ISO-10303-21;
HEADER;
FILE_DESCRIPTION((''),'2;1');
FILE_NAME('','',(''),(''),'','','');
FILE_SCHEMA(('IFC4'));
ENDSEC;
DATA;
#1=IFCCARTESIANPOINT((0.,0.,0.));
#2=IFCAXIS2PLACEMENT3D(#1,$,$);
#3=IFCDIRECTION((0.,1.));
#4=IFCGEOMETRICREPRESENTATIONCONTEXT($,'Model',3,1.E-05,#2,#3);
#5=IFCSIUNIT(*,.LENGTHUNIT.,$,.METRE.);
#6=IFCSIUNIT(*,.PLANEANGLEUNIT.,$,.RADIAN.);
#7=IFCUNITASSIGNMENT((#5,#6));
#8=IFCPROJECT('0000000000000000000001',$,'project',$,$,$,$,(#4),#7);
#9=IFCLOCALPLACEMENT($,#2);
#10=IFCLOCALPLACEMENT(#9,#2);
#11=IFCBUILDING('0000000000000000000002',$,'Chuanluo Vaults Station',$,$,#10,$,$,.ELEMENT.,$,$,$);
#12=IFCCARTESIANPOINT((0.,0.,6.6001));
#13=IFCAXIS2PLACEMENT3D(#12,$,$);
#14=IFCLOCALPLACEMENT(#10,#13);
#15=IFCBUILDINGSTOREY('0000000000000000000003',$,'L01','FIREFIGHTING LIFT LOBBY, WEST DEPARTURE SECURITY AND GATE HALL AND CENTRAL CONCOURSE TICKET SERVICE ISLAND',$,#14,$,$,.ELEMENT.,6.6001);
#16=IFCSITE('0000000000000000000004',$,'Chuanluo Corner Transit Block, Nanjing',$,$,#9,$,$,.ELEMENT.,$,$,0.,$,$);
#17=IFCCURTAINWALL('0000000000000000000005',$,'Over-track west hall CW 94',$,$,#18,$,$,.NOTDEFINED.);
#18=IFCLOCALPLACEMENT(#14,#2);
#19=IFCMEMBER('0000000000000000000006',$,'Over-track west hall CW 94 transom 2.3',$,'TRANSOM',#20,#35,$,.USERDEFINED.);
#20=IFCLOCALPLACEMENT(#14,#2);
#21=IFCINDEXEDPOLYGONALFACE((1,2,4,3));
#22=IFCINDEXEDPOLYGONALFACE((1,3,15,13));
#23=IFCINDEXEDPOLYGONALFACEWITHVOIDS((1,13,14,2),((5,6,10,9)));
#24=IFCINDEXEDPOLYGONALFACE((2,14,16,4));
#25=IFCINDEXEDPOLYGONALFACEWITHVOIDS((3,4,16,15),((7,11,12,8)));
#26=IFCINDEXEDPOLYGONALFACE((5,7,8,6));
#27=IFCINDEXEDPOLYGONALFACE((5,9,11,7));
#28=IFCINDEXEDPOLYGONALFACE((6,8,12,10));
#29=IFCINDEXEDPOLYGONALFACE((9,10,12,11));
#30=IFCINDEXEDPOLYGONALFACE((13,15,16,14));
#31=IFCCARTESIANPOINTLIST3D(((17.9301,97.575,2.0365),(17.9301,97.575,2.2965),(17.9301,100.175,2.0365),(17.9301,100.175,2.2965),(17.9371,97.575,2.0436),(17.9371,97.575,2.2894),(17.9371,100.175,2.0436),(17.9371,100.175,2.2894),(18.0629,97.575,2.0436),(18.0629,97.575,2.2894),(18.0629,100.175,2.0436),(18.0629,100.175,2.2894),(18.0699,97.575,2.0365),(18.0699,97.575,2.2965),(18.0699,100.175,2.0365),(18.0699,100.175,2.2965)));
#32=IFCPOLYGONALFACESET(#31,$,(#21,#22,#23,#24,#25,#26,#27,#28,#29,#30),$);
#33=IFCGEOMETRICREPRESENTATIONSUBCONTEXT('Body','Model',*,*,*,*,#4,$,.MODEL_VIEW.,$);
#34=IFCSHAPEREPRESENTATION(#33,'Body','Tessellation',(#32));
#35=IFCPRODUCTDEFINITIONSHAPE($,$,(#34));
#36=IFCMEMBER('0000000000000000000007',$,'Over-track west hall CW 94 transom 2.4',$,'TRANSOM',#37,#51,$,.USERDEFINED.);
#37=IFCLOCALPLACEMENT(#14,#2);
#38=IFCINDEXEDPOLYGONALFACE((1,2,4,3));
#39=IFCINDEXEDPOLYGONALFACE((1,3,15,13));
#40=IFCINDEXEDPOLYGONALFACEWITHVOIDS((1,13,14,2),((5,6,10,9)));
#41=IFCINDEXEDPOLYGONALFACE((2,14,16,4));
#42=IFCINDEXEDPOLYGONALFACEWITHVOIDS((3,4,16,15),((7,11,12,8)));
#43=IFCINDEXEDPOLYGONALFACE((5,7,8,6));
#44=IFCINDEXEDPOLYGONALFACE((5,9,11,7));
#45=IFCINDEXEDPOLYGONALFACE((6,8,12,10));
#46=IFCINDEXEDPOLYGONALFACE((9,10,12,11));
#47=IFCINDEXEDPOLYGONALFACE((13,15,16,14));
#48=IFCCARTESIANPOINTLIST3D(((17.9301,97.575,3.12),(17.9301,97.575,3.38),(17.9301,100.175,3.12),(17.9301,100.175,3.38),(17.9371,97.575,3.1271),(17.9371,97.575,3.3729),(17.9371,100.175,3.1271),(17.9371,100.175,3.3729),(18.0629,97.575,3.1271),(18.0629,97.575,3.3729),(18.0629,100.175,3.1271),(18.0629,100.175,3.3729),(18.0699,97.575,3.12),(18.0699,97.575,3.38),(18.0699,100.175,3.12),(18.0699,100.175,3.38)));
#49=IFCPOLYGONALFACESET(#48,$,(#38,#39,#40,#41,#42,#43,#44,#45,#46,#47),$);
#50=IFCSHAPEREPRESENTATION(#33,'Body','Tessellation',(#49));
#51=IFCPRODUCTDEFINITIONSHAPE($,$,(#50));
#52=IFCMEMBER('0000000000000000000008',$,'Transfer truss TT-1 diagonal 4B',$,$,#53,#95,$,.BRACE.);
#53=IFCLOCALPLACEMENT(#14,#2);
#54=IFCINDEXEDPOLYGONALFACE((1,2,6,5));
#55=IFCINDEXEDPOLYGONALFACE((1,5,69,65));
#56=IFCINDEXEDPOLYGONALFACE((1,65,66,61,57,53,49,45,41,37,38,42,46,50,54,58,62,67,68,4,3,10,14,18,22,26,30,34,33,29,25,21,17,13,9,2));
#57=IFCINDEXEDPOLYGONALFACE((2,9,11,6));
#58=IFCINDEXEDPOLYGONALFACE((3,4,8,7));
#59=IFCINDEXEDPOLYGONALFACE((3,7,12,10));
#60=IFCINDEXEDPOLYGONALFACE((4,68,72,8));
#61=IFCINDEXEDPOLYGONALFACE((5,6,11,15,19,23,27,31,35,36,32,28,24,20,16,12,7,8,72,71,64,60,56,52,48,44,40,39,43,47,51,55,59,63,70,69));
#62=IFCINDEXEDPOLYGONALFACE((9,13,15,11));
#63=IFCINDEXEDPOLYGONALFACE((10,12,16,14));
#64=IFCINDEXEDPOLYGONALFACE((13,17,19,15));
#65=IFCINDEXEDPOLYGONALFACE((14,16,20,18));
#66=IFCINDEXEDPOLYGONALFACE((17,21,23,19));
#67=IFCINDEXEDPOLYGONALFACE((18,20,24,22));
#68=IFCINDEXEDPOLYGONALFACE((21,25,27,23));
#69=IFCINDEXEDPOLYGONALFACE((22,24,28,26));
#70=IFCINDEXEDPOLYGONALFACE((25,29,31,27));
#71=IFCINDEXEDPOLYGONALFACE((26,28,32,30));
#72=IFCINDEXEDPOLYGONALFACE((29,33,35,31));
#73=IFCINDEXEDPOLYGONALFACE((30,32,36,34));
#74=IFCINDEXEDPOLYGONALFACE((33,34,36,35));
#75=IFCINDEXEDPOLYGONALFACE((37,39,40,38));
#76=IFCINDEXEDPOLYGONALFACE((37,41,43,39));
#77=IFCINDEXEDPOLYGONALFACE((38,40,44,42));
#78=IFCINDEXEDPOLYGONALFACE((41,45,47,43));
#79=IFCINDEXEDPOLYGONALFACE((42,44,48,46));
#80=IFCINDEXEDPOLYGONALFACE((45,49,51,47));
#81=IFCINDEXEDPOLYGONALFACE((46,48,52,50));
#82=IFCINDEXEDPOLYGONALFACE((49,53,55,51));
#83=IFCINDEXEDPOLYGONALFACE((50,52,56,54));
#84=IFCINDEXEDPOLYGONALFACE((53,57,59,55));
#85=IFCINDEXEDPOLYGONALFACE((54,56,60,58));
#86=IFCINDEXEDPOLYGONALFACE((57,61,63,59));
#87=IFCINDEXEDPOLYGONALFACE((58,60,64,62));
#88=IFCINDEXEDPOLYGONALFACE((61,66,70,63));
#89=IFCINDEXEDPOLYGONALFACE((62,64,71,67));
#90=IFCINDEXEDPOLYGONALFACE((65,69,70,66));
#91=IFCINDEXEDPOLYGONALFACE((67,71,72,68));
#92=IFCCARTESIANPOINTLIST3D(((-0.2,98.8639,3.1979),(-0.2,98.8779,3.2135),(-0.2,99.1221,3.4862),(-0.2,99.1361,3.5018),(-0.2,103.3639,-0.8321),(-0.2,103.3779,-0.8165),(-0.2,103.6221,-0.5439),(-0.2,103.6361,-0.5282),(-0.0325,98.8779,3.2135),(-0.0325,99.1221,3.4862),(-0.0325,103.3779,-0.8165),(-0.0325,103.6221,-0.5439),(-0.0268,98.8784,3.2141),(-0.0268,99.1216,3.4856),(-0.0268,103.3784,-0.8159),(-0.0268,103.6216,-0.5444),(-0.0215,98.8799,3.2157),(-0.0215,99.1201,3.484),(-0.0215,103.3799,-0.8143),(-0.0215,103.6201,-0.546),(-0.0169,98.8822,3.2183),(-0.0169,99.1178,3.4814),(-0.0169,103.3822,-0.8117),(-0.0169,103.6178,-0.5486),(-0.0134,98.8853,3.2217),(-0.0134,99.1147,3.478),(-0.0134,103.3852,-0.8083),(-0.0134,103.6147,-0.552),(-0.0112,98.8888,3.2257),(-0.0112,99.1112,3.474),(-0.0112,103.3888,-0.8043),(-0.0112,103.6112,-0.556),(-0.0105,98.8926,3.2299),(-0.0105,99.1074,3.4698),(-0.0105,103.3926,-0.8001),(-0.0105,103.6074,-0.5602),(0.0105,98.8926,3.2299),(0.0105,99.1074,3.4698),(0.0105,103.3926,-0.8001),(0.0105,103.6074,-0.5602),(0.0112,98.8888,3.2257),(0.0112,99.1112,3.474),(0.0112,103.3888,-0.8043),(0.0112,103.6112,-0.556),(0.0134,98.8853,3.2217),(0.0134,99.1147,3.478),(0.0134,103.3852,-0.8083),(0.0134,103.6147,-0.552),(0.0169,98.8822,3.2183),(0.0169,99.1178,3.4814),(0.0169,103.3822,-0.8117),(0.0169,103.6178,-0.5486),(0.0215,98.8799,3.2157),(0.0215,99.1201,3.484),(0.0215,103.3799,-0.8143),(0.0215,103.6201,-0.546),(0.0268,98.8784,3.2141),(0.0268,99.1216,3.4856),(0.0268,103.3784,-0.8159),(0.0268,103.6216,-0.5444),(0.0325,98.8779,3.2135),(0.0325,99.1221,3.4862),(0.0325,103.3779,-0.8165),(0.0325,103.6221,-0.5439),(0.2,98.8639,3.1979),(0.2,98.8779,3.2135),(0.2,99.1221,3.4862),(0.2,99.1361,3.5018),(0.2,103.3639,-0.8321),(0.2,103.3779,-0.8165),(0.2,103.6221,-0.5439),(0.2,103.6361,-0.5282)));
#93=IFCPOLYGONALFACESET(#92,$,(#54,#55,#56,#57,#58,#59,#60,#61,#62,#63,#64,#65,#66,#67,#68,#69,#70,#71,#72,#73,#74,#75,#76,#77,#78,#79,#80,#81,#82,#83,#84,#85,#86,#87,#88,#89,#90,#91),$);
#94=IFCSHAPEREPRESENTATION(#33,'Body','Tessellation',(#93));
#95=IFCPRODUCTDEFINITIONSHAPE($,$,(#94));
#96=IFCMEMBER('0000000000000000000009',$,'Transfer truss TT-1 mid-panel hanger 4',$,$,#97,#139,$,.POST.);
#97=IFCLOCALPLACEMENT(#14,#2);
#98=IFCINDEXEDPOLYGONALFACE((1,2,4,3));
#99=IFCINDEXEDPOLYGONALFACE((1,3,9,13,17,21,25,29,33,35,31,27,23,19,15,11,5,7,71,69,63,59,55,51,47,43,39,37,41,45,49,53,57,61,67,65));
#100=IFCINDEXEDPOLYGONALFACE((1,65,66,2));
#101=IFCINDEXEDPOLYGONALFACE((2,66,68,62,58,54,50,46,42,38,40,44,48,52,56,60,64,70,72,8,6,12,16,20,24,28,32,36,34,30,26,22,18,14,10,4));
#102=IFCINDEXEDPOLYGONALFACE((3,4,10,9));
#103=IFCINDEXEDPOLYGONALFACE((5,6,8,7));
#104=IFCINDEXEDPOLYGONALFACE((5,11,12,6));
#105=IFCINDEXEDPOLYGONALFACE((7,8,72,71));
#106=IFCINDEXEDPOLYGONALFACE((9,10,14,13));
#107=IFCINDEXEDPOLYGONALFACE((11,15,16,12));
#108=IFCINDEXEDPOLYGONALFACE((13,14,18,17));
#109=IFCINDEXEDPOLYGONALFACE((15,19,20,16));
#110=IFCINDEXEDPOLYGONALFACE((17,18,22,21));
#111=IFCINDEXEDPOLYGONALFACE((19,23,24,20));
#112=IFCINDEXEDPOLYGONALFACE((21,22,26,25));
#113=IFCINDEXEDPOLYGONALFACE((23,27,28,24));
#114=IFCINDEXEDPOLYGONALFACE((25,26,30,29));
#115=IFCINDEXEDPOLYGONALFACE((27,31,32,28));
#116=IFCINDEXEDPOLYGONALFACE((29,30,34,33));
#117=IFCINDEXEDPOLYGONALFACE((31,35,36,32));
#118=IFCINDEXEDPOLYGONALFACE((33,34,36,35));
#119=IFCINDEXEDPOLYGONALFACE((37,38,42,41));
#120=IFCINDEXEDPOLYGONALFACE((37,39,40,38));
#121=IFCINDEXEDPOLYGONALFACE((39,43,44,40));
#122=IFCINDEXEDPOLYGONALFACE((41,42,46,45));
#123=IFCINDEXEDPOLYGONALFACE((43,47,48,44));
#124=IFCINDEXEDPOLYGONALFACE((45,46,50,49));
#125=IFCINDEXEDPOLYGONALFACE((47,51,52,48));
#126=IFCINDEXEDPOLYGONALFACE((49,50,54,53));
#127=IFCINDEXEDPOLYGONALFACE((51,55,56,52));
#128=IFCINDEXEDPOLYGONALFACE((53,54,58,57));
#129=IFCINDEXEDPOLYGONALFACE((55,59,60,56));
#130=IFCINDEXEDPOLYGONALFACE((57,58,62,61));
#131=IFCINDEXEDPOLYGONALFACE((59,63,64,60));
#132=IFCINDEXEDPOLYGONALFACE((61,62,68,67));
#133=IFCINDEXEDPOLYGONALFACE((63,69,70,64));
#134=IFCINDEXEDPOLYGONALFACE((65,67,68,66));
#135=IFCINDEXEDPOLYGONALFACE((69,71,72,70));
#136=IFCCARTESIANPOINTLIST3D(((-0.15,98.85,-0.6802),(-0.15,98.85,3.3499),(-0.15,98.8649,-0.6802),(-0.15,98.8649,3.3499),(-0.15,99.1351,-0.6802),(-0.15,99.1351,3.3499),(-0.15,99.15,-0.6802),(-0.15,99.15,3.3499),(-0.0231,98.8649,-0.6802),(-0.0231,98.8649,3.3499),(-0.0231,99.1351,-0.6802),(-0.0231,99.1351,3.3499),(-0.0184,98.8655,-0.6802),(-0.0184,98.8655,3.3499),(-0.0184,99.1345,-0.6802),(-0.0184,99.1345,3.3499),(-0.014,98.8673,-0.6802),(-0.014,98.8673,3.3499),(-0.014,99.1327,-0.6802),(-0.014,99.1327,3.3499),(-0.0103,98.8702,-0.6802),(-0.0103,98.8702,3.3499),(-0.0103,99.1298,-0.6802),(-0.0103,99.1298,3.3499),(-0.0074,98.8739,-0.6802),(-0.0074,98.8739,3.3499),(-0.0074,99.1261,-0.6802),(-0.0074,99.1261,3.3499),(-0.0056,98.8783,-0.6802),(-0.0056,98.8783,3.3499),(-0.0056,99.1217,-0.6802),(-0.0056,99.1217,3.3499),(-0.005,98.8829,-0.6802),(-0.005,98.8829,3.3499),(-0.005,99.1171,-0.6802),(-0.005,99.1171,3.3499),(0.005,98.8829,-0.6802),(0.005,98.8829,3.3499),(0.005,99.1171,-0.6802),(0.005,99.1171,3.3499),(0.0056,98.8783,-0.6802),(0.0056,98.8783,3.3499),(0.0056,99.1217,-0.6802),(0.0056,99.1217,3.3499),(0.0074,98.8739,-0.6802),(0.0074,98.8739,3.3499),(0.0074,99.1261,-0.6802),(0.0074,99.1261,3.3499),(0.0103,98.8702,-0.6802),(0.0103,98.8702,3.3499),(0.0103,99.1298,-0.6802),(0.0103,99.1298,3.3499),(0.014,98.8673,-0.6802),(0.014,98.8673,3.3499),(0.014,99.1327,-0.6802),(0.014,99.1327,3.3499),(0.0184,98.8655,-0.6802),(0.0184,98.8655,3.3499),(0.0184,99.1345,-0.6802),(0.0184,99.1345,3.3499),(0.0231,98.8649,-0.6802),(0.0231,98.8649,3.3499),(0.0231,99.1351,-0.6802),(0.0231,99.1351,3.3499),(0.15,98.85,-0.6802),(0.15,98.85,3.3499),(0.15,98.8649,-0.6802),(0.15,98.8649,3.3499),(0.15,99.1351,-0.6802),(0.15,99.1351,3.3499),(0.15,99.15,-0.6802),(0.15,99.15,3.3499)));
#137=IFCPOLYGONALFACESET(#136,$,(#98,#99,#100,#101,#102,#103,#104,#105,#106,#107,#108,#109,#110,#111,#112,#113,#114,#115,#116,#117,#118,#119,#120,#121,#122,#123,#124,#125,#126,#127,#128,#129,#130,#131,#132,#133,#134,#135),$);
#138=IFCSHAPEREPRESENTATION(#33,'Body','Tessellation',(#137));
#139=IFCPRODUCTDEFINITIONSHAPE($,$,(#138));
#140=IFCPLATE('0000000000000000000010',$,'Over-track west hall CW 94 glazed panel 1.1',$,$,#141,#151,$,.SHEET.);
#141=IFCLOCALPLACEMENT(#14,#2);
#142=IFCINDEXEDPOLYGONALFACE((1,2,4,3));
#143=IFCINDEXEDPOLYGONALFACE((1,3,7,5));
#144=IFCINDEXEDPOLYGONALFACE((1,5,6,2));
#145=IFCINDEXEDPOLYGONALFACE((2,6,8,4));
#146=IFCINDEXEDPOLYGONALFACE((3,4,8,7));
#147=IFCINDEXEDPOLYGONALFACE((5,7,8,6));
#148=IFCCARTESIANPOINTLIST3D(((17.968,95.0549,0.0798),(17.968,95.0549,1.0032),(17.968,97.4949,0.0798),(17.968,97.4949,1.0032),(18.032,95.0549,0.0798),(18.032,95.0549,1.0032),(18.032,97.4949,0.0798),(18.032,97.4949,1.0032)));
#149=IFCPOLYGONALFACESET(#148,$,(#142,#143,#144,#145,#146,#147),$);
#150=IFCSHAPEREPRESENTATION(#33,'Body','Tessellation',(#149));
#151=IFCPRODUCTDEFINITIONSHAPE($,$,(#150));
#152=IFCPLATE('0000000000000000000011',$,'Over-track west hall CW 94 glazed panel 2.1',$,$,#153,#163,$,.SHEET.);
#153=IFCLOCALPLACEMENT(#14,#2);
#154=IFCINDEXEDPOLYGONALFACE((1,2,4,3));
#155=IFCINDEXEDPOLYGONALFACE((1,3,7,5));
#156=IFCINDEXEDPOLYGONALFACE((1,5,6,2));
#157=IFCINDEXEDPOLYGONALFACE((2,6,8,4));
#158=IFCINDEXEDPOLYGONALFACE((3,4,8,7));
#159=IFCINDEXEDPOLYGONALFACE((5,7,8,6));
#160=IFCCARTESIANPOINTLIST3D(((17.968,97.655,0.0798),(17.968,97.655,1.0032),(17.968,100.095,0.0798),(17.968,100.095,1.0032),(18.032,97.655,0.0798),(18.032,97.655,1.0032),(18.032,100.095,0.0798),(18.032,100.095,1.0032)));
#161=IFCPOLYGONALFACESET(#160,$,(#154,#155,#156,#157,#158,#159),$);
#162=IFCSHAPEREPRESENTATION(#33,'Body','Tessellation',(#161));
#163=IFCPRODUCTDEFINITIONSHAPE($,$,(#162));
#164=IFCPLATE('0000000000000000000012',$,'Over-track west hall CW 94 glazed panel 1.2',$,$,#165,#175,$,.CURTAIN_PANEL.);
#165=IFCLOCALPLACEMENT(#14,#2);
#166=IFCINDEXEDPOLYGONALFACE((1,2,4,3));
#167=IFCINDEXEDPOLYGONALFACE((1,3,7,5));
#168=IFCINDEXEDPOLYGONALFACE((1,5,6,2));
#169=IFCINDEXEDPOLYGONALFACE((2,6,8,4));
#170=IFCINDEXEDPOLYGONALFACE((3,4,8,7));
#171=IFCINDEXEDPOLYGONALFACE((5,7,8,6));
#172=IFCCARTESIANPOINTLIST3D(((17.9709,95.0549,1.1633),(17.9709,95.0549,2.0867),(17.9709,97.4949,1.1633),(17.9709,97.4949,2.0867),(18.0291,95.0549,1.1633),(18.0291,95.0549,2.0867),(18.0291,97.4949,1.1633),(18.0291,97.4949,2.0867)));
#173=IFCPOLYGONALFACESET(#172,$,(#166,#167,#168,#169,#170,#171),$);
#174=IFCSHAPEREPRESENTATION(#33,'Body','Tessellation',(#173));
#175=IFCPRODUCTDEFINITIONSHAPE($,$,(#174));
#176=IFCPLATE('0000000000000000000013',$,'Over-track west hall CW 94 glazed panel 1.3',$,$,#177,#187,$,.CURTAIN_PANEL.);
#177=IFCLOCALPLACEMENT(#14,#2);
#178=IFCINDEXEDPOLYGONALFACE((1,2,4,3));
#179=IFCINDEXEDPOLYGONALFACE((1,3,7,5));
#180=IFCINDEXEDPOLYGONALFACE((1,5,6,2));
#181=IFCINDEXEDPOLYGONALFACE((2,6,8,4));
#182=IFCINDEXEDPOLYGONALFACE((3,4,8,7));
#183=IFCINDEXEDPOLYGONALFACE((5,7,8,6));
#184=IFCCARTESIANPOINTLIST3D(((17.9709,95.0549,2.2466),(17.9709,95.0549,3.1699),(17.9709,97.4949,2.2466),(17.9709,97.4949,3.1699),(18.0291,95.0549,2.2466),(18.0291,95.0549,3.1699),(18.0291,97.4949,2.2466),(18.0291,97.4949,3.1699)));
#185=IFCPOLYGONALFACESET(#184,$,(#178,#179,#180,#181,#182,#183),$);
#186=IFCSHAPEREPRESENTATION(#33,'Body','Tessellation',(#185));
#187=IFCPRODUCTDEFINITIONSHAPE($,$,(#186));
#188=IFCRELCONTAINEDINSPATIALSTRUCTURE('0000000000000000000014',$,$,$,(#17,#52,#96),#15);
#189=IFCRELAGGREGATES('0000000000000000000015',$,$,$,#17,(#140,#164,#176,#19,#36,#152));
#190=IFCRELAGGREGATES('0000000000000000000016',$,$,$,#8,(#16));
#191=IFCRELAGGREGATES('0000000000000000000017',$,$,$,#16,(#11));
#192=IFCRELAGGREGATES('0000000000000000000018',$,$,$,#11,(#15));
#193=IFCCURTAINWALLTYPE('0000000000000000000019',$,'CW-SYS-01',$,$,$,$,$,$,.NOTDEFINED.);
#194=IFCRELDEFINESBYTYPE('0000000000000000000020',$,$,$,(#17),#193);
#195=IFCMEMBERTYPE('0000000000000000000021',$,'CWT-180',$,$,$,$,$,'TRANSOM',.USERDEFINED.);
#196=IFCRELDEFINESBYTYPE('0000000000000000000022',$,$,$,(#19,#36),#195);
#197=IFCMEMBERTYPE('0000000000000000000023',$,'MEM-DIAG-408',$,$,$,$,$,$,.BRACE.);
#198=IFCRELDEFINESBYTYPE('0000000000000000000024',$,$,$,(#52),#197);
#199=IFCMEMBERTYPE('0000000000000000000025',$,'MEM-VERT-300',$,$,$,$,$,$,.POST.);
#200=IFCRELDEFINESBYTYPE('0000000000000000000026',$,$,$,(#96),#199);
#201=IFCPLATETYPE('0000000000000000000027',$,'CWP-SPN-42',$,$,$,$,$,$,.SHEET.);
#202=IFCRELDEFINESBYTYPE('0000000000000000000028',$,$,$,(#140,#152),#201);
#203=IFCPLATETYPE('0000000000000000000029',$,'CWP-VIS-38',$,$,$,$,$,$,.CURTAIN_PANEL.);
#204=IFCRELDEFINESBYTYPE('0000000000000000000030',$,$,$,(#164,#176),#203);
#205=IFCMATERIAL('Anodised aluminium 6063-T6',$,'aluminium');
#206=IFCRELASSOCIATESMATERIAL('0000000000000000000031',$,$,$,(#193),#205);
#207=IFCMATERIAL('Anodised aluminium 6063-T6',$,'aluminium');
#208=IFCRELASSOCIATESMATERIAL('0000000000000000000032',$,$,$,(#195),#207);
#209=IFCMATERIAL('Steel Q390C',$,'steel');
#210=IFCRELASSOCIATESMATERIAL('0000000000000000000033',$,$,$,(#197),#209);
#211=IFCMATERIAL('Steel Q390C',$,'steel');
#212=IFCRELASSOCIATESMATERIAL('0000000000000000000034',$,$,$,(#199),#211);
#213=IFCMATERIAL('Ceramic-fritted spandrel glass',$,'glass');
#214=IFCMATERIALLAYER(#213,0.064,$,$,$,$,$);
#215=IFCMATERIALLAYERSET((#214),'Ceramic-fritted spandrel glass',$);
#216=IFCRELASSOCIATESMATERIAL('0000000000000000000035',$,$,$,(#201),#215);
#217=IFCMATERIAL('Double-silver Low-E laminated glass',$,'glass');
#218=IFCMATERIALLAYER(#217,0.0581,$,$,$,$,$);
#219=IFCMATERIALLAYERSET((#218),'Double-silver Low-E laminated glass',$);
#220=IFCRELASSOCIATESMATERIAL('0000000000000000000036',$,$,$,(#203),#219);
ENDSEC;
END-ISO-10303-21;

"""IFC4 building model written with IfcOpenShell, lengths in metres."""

from ifc_helpers import new_model, si_unit, direction, frame, origin, origin_2d, place, context, subcontext, project, spatial, rectangle, hollow_rectangle, i_section, extrude, material, layer, layer_set, material_profile, profile_set, type_object, element, aggregate, save


model = new_model("IFC4")

# Units and contexts
model_context = context("Model", 3, precision=1e-05, world=origin(), true_north=direction((0.0, 1.0)))
body_context = subcontext(model_context, "Body", "Model", "MODEL_VIEW")
ifc_project = project(units=[si_unit("LENGTHUNIT", "METRE"), si_unit("PLANEANGLEUNIT", "RADIAN")], contexts=[model_context])

# Site, building, storey
site_placement = place(None, origin())
site = spatial("IfcSite", under=ifc_project, at=site_placement, Name="Chuanluo Corner Transit Block, Nanjing", CompositionType="ELEMENT", RefElevation=0.0)
building_placement = place(site_placement, origin())
building = spatial("IfcBuilding", under=site, at=building_placement, Name="Chuanluo Vaults Station", CompositionType="ELEMENT")
storey_placement = place(building_placement, frame((0.0, 0.0, 6.6001)))
storey = spatial("IfcBuildingStorey", under=building, at=storey_placement, Name="L01", Description="FIREFIGHTING LIFT LOBBY, WEST DEPARTURE SECURITY AND GATE HALL AND CENTRAL CONCOURSE TICKET SERVICE ISLAND", CompositionType="ELEMENT", Elevation=6.6001)

# Curtain wall, members
ifc_material_1 = material(Name="Anodised aluminium 6063-T6", Category="aluminium")
curtain_wall_type = type_object("IfcCurtainWallType", Name="CW-SYS-01", PredefinedType="NOTDEFINED", material=ifc_material_1)
curtain_wall_placement = place(storey_placement, origin())
curtain_wall = element("IfcCurtainWall", 1, at=curtain_wall_placement, inside=storey, type_object=curtain_wall_type, Name="Over-track west hall CW 94", PredefinedType="NOTDEFINED")
ifc_material_2 = material(Name="Anodised aluminium 6063-T6", Category="aluminium")
ifc_material_profile_1 = material_profile(ifc_material_2, hollow_rectangle(XDim=0.1399, YDim=0.26, WallThickness=0.0071, at=origin_2d()))
ifc_profile_set_1 = profile_set([ifc_material_profile_1], Name="Anodised aluminium 6063-T6")
member_type_1 = type_object("IfcMemberType", Name="CWT-180", ElementType="TRANSOM", PredefinedType="USERDEFINED", material=ifc_profile_set_1)
member_1_placement = place(storey_placement, frame((18.0, 97.575, 2.1665), z_axis=(0.0, 1.0, 0.0), x_axis=(-1.0, 0.0, 0.0)))
member_1 = element("IfcMember", 2, at=member_1_placement, type_object=member_type_1, Name="Over-track west hall CW 94 transom 2.3", ObjectType="TRANSOM", PredefinedType="USERDEFINED", context=body_context, shape_type="SweptSolid", body=[
    extrude(hollow_rectangle(XDim=0.1399, YDim=0.26, WallThickness=0.0071, at=origin_2d()), origin(), (0.0, 0.0, 1.0), 2.6001),
])
member_2_placement = place(storey_placement, frame((18.0, 97.575, 3.25), z_axis=(0.0, 1.0, 0.0), x_axis=(-1.0, 0.0, 0.0)))
member_2 = element("IfcMember", 3, at=member_2_placement, type_object=member_type_1, Name="Over-track west hall CW 94 transom 2.4", ObjectType="TRANSOM", PredefinedType="USERDEFINED", context=body_context, shape_type="SweptSolid", body=[
    extrude(hollow_rectangle(XDim=0.1399, YDim=0.26, WallThickness=0.0071, at=origin_2d()), origin(), (0.0, 0.0, 1.0), 2.6001),
])

# Members
ifc_material_3 = material(Name="Steel Q390C", Category="steel")
ifc_material_profile_2 = material_profile(ifc_material_3, i_section(OverallWidth=0.3999, OverallDepth=0.408, WebThickness=0.021, FlangeThickness=0.021, FilletRadius=0.022, at=origin_2d()))
ifc_profile_set_2 = profile_set([ifc_material_profile_2], Name="Steel Q390C")
member_type_2 = type_object("IfcMemberType", Name="MEM-DIAG-408", PredefinedType="BRACE", material=ifc_profile_set_2)
member_3_placement = place(storey_placement, frame((0.0, 99.0, 3.3499), z_axis=(0.0, 0.744936, -0.667136), x_axis=(-1.0, 0.0, 0.0)))
element("IfcMember", 4, at=member_3_placement, inside=storey, type_object=member_type_2, Name="Transfer truss TT-1 diagonal 4B", PredefinedType="BRACE", context=body_context, shape_type="SweptSolid", body=[
    extrude(i_section(OverallWidth=0.3999, OverallDepth=0.408, WebThickness=0.021, FlangeThickness=0.021, FilletRadius=0.022, at=origin_2d()), origin(), (0.0, 0.0, 1.0), 6.0408),
])
ifc_material_4 = material(Name="Steel Q390C", Category="steel")
ifc_material_profile_3 = material_profile(ifc_material_4, i_section(OverallWidth=0.3, OverallDepth=0.3, WebThickness=0.01, FlangeThickness=0.0149, FilletRadius=0.0181, at=origin_2d()))
ifc_profile_set_3 = profile_set([ifc_material_profile_3], Name="Steel Q390C")
member_type_3 = type_object("IfcMemberType", Name="MEM-VERT-300", PredefinedType="POST", material=ifc_profile_set_3)
member_4_placement = place(storey_placement, frame((0.0, 99.0, -0.6802), z_axis=(0.0, 0.0, 1.0), x_axis=(1.0, 0.0, 0.0)))
element("IfcMember", 5, at=member_4_placement, inside=storey, type_object=member_type_3, Name="Transfer truss TT-1 mid-panel hanger 4", PredefinedType="POST", context=body_context, shape_type="SweptSolid", body=[
    extrude(i_section(OverallWidth=0.3, OverallDepth=0.3, WebThickness=0.01, FlangeThickness=0.0149, FilletRadius=0.0181, at=origin_2d()), origin(), (0.0, 0.0, 1.0), 4.03),
])

# Plates
ifc_material_5 = material(Name="Ceramic-fritted spandrel glass", Category="glass")
ifc_layer_1 = layer(ifc_material_5, 0.064)
ifc_layer_set_1 = layer_set([ifc_layer_1], Name="Ceramic-fritted spandrel glass")
plate_type_1 = type_object("IfcPlateType", Name="CWP-SPN-42", PredefinedType="SHEET", material=ifc_layer_set_1)
plate_1_placement = place(storey_placement, frame((18.0, 96.2749, 0.0798), z_axis=(0.0, 0.0, 1.0), x_axis=(0.0, 1.0, 0.0)))
plate_1 = element("IfcPlate", 6, at=plate_1_placement, type_object=plate_type_1, Name="Over-track west hall CW 94 glazed panel 1.1", PredefinedType="SHEET", context=body_context, shape_type="SweptSolid", body=[
    extrude(rectangle(XDim=2.4399, YDim=0.064, at=origin_2d()), origin(), (0.0, 0.0, 1.0), 0.9233),
])
plate_2_placement = place(storey_placement, frame((18.0, 98.875, 0.0798), z_axis=(0.0, 0.0, 1.0), x_axis=(0.0, 1.0, 0.0)))
plate_2 = element("IfcPlate", 7, at=plate_2_placement, type_object=plate_type_1, Name="Over-track west hall CW 94 glazed panel 2.1", PredefinedType="SHEET", context=body_context, shape_type="SweptSolid", body=[
    extrude(rectangle(XDim=2.4399, YDim=0.064, at=origin_2d()), origin(), (0.0, 0.0, 1.0), 0.9233),
])
ifc_material_6 = material(Name="Double-silver Low-E laminated glass", Category="glass")
ifc_layer_2 = layer(ifc_material_6, 0.0581)
ifc_layer_set_2 = layer_set([ifc_layer_2], Name="Double-silver Low-E laminated glass")
plate_type_2 = type_object("IfcPlateType", Name="CWP-VIS-38", PredefinedType="CURTAIN_PANEL", material=ifc_layer_set_2)
plate_3_placement = place(storey_placement, frame((18.0, 96.2749, 1.1633), z_axis=(0.0, 0.0, 1.0), x_axis=(0.0, 1.0, 0.0)))
plate_3 = element("IfcPlate", 8, at=plate_3_placement, type_object=plate_type_2, Name="Over-track west hall CW 94 glazed panel 1.2", PredefinedType="CURTAIN_PANEL", context=body_context, shape_type="SweptSolid", body=[
    extrude(rectangle(XDim=2.4399, YDim=0.0581, at=origin_2d()), origin(), (0.0, 0.0, 1.0), 0.9233),
])
plate_4_placement = place(storey_placement, frame((18.0, 96.2749, 2.2466), z_axis=(0.0, 0.0, 1.0), x_axis=(0.0, 1.0, 0.0)))
plate_4 = element("IfcPlate", 9, at=plate_4_placement, type_object=plate_type_2, Name="Over-track west hall CW 94 glazed panel 1.3", PredefinedType="CURTAIN_PANEL", context=body_context, shape_type="SweptSolid", body=[
    extrude(rectangle(XDim=2.4399, YDim=0.0581, at=origin_2d()), origin(), (0.0, 0.0, 1.0), 0.9233),
])
aggregate(curtain_wall, [plate_1, plate_3, plate_4, member_1, member_2, plate_2])

save(model, "model.ifc")
